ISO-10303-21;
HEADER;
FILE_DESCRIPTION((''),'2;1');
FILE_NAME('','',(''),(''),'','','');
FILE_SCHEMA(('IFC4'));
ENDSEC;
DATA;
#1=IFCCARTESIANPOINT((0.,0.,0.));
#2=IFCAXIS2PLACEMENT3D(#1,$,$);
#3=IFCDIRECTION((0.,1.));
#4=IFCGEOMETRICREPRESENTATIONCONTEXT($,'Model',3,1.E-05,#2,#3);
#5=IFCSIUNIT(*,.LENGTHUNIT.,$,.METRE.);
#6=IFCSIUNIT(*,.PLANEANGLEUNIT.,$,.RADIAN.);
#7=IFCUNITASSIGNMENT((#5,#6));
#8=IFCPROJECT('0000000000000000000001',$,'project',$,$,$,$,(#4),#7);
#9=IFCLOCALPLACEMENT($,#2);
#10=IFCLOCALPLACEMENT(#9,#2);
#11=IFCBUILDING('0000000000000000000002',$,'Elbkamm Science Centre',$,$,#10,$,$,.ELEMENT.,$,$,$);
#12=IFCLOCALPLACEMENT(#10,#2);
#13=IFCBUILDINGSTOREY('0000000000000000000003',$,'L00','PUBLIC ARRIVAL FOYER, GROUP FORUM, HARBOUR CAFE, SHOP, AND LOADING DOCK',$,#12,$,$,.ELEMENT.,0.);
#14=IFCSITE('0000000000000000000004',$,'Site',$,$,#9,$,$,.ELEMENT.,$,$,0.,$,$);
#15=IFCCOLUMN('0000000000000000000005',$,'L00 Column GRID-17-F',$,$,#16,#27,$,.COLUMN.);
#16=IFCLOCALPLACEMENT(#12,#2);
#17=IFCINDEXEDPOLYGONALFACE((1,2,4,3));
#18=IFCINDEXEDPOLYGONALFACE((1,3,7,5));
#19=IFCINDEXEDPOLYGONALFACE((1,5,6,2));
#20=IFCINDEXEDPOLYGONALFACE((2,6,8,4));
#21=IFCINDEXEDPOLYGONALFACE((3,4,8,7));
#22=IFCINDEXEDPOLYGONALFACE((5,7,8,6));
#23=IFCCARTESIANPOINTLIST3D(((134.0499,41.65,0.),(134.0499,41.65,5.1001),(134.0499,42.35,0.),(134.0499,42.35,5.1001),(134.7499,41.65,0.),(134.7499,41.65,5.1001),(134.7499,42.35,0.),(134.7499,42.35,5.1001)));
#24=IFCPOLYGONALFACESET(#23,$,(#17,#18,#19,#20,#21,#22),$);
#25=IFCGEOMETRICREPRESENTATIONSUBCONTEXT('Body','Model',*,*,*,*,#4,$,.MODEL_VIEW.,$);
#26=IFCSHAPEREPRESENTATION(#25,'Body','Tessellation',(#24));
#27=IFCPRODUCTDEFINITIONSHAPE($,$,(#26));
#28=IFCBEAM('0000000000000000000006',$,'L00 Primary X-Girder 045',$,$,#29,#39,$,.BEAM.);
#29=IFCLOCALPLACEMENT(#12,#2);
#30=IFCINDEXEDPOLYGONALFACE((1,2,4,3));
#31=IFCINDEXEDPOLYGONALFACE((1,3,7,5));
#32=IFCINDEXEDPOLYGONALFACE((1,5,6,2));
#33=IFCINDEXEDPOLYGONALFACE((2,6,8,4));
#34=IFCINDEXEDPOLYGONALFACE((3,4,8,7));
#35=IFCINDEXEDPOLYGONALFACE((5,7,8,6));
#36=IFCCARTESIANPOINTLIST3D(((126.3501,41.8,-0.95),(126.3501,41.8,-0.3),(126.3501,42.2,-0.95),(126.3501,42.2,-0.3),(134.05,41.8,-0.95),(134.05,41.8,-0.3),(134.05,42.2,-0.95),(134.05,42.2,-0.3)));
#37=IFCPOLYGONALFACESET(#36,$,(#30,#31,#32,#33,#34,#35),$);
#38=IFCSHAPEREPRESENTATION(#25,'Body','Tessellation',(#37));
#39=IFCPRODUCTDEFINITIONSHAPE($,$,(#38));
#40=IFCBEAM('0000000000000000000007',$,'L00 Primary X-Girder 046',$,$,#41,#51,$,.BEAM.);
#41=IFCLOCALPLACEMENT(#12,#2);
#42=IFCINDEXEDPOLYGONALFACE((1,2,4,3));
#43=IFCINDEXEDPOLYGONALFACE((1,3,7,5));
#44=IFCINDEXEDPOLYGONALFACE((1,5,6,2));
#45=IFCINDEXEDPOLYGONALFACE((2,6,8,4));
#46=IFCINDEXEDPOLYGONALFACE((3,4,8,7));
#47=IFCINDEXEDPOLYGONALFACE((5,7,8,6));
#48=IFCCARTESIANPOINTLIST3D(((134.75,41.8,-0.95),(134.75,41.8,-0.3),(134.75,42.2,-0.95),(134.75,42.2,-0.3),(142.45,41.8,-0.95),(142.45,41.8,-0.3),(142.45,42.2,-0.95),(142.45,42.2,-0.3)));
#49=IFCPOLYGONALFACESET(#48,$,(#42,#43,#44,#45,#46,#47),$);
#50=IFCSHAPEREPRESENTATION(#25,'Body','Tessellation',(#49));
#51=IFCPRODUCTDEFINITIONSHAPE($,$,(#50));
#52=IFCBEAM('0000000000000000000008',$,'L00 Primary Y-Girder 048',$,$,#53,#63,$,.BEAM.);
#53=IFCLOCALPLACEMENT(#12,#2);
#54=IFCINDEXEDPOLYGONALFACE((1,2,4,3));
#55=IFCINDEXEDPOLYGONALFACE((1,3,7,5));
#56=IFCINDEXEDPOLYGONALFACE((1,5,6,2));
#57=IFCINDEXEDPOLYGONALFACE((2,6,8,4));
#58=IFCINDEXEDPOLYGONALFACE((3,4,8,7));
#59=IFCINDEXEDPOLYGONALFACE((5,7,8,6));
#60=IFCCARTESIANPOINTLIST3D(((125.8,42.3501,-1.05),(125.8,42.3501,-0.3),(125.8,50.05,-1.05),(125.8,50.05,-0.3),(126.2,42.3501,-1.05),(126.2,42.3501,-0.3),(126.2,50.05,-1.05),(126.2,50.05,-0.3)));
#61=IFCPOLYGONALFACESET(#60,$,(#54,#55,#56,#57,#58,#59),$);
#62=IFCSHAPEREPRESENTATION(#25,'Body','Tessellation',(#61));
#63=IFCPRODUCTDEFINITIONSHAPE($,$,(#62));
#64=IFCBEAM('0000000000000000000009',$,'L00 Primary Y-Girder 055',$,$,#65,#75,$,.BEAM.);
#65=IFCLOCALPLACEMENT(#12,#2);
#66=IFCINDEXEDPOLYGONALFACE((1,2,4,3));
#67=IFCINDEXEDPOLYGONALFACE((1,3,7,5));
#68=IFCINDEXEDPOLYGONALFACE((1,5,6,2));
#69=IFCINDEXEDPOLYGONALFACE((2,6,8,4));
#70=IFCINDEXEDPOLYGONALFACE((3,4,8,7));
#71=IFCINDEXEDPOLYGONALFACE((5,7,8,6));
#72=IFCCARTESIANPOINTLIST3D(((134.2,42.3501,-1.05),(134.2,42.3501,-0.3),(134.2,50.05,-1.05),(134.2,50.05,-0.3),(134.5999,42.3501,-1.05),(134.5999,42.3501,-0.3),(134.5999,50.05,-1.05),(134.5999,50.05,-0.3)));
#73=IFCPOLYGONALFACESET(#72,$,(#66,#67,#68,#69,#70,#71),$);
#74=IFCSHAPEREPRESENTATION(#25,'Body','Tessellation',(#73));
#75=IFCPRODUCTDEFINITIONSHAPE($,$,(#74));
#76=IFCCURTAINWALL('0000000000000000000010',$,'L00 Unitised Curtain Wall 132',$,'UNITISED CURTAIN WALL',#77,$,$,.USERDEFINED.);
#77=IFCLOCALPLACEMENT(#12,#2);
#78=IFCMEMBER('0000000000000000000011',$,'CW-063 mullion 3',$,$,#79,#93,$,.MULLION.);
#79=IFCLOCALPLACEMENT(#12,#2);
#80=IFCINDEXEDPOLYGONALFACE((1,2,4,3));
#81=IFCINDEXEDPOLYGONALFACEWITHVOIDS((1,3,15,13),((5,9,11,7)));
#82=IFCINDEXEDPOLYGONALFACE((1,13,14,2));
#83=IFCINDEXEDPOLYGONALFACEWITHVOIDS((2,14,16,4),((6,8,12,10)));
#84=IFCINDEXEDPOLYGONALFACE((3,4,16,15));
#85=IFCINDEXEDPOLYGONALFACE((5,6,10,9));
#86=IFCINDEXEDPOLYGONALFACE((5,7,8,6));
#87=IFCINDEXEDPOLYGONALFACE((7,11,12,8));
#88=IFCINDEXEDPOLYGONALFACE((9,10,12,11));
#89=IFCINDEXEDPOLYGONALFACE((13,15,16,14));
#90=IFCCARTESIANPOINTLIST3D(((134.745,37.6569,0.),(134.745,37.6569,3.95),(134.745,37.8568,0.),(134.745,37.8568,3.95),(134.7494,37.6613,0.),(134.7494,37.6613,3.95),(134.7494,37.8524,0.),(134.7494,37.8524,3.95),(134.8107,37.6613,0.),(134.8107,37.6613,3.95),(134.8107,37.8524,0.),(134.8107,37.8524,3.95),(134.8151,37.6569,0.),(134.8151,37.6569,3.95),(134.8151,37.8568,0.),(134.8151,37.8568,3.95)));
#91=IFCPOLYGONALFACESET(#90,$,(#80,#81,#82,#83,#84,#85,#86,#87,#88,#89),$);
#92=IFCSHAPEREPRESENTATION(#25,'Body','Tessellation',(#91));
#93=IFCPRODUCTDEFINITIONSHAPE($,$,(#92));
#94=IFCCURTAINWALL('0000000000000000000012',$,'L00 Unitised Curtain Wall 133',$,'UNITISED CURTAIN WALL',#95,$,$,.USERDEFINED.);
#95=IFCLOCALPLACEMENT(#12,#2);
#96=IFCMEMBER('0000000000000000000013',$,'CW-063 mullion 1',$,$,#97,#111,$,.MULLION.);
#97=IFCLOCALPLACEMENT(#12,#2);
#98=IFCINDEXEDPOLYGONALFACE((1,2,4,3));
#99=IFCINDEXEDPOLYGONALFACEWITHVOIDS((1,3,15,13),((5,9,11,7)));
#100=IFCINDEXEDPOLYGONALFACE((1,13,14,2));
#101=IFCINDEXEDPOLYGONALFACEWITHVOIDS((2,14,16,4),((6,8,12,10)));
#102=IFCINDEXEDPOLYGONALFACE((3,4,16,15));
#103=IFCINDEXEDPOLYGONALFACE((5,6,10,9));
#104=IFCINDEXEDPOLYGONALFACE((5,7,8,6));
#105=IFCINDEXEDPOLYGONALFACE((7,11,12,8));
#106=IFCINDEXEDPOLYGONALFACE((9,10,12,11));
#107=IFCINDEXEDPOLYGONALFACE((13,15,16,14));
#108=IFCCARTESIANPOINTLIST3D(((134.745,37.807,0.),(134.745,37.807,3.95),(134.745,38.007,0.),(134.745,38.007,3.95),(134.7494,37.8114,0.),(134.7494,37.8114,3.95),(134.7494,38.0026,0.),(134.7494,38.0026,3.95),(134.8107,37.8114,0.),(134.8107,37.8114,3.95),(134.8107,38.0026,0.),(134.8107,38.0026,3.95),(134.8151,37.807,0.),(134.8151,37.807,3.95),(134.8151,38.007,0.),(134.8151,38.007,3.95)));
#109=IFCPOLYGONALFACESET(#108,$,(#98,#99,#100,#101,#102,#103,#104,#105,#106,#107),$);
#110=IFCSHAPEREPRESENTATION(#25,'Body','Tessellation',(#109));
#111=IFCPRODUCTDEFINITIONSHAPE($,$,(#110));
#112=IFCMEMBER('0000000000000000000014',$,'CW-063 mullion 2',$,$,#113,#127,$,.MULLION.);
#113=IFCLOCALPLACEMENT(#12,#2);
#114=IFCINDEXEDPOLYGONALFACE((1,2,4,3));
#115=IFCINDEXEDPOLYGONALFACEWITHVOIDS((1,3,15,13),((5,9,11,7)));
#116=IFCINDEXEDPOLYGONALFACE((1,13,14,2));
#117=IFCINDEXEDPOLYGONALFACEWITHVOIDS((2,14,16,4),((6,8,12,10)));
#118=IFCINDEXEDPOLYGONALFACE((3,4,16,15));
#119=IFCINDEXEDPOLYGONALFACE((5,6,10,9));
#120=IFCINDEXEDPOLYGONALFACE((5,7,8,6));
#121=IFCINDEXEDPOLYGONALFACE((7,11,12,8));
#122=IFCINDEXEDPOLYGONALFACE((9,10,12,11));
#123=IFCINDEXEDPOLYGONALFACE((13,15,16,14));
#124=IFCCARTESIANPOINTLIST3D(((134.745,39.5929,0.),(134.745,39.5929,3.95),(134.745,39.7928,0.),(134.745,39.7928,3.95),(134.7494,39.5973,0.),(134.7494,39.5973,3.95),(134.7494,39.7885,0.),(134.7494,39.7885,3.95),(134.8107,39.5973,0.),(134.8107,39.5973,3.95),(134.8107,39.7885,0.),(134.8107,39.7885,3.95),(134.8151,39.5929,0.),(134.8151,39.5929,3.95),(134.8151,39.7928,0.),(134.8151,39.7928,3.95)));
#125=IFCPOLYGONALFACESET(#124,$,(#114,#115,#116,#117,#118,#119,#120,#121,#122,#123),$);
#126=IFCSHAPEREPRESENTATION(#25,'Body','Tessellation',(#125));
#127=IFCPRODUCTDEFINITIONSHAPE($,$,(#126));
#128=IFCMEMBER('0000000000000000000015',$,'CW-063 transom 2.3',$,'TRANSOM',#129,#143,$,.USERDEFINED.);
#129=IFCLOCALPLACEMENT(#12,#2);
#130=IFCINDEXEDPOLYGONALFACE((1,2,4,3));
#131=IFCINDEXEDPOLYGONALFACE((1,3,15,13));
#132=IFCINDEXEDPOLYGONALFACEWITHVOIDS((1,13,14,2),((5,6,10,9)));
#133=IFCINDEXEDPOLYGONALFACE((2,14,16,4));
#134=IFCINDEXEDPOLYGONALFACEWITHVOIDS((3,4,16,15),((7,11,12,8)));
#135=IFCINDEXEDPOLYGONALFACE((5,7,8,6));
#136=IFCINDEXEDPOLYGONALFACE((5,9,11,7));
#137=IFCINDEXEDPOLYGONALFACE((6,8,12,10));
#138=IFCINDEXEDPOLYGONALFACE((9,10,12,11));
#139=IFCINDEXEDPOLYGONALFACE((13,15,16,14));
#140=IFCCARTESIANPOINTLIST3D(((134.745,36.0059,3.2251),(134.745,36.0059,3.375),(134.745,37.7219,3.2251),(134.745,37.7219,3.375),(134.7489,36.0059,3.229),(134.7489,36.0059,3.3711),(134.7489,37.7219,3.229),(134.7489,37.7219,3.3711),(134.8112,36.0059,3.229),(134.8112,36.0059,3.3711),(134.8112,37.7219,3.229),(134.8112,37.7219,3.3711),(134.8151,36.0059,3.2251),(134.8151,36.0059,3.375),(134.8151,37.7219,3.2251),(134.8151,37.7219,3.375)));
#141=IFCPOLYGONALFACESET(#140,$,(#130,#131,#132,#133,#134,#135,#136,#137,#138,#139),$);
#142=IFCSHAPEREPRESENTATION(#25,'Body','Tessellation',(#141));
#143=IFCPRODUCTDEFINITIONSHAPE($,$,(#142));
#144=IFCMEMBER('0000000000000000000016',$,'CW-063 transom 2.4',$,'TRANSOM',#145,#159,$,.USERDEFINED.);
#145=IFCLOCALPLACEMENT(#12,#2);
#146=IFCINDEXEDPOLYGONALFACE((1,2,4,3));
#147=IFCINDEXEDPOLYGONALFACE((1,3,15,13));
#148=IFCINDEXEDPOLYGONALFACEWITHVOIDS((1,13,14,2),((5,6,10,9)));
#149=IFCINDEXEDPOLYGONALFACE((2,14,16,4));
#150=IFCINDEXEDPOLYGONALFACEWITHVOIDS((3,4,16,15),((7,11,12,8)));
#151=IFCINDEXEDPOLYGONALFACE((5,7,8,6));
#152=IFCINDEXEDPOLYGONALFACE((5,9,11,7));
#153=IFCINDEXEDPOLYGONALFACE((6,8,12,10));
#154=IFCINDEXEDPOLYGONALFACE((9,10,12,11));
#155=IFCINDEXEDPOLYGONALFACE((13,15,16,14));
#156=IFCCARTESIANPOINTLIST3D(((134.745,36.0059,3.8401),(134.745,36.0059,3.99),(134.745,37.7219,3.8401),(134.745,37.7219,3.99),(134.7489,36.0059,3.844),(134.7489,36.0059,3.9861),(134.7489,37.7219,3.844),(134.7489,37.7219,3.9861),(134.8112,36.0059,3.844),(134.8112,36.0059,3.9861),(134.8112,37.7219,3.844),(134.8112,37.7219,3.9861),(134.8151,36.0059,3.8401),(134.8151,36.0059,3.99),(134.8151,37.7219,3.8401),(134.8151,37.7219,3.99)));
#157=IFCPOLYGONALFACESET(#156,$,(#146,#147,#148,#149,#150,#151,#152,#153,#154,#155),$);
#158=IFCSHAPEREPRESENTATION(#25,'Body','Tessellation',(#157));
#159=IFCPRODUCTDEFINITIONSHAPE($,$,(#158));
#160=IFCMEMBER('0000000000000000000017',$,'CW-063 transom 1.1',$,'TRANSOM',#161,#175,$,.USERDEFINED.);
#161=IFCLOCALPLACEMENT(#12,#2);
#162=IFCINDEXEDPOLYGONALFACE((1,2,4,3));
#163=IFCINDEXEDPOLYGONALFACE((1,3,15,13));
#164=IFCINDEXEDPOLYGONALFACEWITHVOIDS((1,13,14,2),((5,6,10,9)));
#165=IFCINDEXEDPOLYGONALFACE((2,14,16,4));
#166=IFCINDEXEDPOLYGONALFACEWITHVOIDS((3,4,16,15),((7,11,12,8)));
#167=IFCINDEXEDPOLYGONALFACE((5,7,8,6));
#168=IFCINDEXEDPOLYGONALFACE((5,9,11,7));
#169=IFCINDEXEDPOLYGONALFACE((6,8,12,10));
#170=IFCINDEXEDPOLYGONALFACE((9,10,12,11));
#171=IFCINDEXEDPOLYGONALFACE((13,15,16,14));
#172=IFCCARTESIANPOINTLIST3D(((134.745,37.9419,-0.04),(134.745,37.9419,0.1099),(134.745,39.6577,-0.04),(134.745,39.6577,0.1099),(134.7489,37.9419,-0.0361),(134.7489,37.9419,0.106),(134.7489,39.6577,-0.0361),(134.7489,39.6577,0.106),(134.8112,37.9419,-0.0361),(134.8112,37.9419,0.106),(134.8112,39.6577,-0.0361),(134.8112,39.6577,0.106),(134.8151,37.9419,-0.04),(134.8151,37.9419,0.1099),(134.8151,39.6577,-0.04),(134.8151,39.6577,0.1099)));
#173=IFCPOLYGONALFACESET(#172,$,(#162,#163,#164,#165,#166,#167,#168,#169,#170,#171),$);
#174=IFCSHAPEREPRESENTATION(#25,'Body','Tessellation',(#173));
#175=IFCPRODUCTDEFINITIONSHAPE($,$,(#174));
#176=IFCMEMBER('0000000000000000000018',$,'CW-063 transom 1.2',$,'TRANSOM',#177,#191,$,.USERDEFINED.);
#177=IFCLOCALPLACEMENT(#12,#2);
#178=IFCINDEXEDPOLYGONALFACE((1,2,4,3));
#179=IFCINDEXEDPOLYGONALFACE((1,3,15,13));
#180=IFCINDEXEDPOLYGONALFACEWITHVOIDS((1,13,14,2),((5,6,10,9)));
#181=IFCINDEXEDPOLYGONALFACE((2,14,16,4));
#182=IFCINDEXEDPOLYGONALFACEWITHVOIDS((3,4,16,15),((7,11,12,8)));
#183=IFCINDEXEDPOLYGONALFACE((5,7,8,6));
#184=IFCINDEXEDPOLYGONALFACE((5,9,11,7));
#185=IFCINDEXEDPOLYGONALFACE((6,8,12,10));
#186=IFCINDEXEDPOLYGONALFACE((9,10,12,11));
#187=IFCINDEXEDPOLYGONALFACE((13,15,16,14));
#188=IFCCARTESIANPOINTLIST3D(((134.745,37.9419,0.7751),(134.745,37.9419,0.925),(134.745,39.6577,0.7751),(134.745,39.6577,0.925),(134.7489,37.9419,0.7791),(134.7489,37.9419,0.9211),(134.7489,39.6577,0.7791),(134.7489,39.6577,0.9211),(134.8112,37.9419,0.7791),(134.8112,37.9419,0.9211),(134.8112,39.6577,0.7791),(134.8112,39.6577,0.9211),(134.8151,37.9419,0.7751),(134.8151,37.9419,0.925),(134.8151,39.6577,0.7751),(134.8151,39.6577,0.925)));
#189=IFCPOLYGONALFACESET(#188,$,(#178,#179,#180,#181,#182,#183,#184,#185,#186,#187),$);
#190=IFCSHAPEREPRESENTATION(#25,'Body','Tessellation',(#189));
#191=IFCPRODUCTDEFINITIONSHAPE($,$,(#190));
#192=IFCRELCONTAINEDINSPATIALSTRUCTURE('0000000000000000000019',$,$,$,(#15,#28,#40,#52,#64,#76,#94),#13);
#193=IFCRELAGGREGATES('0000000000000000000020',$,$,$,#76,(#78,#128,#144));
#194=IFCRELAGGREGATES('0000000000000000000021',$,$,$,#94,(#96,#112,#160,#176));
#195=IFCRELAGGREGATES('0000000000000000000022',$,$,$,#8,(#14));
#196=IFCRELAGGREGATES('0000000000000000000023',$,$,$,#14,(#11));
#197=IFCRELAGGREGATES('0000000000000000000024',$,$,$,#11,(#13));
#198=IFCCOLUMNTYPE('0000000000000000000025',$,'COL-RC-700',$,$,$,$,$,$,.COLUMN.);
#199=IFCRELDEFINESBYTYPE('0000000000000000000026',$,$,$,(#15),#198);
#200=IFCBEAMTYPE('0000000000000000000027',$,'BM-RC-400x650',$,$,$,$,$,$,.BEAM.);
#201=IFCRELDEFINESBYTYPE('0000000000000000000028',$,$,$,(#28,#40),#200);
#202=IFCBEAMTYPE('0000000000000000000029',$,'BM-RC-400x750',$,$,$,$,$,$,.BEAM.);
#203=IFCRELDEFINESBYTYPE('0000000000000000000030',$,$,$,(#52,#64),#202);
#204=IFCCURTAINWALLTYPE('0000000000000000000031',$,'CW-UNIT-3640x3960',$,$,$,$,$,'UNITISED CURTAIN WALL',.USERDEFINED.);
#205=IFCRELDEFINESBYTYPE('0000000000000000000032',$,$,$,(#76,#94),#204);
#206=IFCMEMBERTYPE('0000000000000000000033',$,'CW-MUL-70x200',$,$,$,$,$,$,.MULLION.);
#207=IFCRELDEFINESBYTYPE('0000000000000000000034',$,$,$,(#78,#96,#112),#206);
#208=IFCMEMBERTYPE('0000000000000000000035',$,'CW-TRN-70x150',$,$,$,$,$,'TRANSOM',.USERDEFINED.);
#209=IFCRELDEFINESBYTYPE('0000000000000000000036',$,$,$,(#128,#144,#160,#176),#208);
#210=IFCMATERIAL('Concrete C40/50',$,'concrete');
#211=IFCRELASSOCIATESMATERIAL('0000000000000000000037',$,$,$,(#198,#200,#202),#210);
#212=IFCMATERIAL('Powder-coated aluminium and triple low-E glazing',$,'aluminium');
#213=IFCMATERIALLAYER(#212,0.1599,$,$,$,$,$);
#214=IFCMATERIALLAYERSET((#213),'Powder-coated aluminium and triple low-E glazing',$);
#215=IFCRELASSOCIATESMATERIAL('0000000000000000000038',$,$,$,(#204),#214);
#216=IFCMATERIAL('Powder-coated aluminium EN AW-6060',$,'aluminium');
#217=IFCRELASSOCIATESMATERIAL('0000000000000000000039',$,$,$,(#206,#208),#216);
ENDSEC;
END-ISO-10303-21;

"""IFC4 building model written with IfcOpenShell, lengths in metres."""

from ifc_helpers import new_model, si_unit, direction, frame, origin, origin_2d, place, context, subcontext, project, spatial, rectangle, hollow_rectangle, extrude, material, layer, layer_set, material_profile, profile_set, type_object, element, aggregate, save


model = new_model("IFC4")

# Units and contexts
model_context = context("Model", 3, precision=1e-05, world=origin(), true_north=direction((0.0, 1.0)))
body_context = subcontext(model_context, "Body", "Model", "MODEL_VIEW")
ifc_project = project(units=[si_unit("LENGTHUNIT", "METRE"), si_unit("PLANEANGLEUNIT", "RADIAN")], contexts=[model_context])

# Site, building, storey
site_placement = place(None, origin())
site = spatial("IfcSite", under=ifc_project, at=site_placement, Name="Site", CompositionType="ELEMENT", RefElevation=0.0)
building_placement = place(site_placement, origin())
building = spatial("IfcBuilding", under=site, at=building_placement, Name="Elbkamm Science Centre", CompositionType="ELEMENT")
storey_placement = place(building_placement, origin())
storey = spatial("IfcBuildingStorey", under=building, at=storey_placement, Name="L00", Description="PUBLIC ARRIVAL FOYER, GROUP FORUM, HARBOUR CAFE, SHOP, AND LOADING DOCK", CompositionType="ELEMENT", Elevation=0.0)

# Column
ifc_material_1 = material(Name="Concrete C40/50", Category="concrete")
ifc_material_profile_1 = material_profile(ifc_material_1, rectangle(XDim=0.7, YDim=0.7, at=origin_2d()), Name="RC 700x700")
ifc_profile_set_1 = profile_set([ifc_material_profile_1], Name="Concrete C40/50")
column_type = type_object("IfcColumnType", Name="COL-RC-700", PredefinedType="COLUMN", material=ifc_profile_set_1)
column_placement = place(storey_placement, frame((134.3999, 42.0, 0.0), z_axis=(0.0, 0.0, 1.0), x_axis=(1.0, 0.0, 0.0)))
element("IfcColumn", 1, at=column_placement, inside=storey, type_object=column_type, Name="L00 Column GRID-17-F", PredefinedType="COLUMN", context=body_context, shape_type="SweptSolid", body=[
    extrude(rectangle(XDim=0.7, YDim=0.7, at=origin_2d()), origin(), (0.0, 0.0, 1.0), 5.1001),
])

# Beams
ifc_material_profile_2 = material_profile(ifc_material_1, rectangle(XDim=0.3999, YDim=0.6499, at=origin_2d()), Name="RC 400x650")
ifc_profile_set_2 = profile_set([ifc_material_profile_2], Name="Concrete C40/50")
beam_type_1 = type_object("IfcBeamType", Name="BM-RC-400x650", PredefinedType="BEAM", material=ifc_profile_set_2)
for number, where, z_axis, x_axis, name in (
    (2, (126.3501, 42.0, -0.625), (1.0, 0.0, 0.0), (0.0, 1.0, 0.0), "L00 Primary X-Girder 045"),
    (3, (134.75, 42.0, -0.625), (1.0, 0.0, 0.0), (0.0, 1.0, 0.0), "L00 Primary X-Girder 046"),
):
    element("IfcBeam", number, at=place(storey_placement, frame(where, z_axis=z_axis, x_axis=x_axis)), inside=storey, type_object=beam_type_1, Name=name, PredefinedType="BEAM", context=body_context, shape_type="SweptSolid", body=[
        extrude(rectangle(XDim=0.3999, YDim=0.6499, at=origin_2d()), origin(), (0.0, 0.0, 1.0), 7.7),
    ])
ifc_material_profile_3 = material_profile(ifc_material_1, rectangle(XDim=0.3999, YDim=0.75, at=origin_2d()), Name="RC 400x750")
ifc_profile_set_3 = profile_set([ifc_material_profile_3], Name="Concrete C40/50")
beam_type_2 = type_object("IfcBeamType", Name="BM-RC-400x750", PredefinedType="BEAM", material=ifc_profile_set_3)
for number, where, z_axis, x_axis, name in (
    (4, (126.0, 42.3501, -0.675), (0.0, 1.0, 0.0), (-1.0, 0.0, 0.0), "L00 Primary Y-Girder 048"),
    (5, (134.3999, 42.3501, -0.675), (0.0, 1.0, 0.0), (-1.0, 0.0, 0.0), "L00 Primary Y-Girder 055"),
):
    element("IfcBeam", number, at=place(storey_placement, frame(where, z_axis=z_axis, x_axis=x_axis)), inside=storey, type_object=beam_type_2, Name=name, PredefinedType="BEAM", context=body_context, shape_type="SweptSolid", body=[
        extrude(rectangle(XDim=0.3999, YDim=0.75, at=origin_2d()), origin(), (0.0, 0.0, 1.0), 7.7),
    ])

# Curtain wall, member
ifc_material_2 = material(Name="Powder-coated aluminium and triple low-E glazing", Category="aluminium")
ifc_layer_1 = layer(ifc_material_2, 0.1599)
ifc_layer_set_1 = layer_set([ifc_layer_1], Name="Powder-coated aluminium and triple low-E glazing")
curtain_wall_type = type_object("IfcCurtainWallType", Name="CW-UNIT-3640x3960", ElementType="UNITISED CURTAIN WALL", PredefinedType="USERDEFINED", material=ifc_layer_set_1)
curtain_wall_1_placement = place(storey_placement, origin())
curtain_wall_1 = element("IfcCurtainWall", 6, at=curtain_wall_1_placement, inside=storey, type_object=curtain_wall_type, Name="L00 Unitised Curtain Wall 132", ObjectType="UNITISED CURTAIN WALL", PredefinedType="USERDEFINED")
ifc_material_3 = material(Name="Powder-coated aluminium EN AW-6060", Category="aluminium")
ifc_material_profile_4 = material_profile(ifc_material_3, hollow_rectangle(XDim=0.0701, YDim=0.2, WallThickness=0.0044, at=origin_2d()), Name="ALU M70x200")
ifc_profile_set_4 = profile_set([ifc_material_profile_4], Name="Powder-coated aluminium EN AW-6060")
member_type_1 = type_object("IfcMemberType", Name="CW-MUL-70x200", PredefinedType="MULLION", material=ifc_profile_set_4)
member_1_placement = place(storey_placement, frame((134.78, 37.7568, 0.0), z_axis=(0.0, 0.0, 1.0), x_axis=(-1.0, 0.0, 0.0)))
member_1 = element("IfcMember", 7, at=member_1_placement, type_object=member_type_1, Name="CW-063 mullion 3", PredefinedType="MULLION", context=body_context, shape_type="SweptSolid", body=[
    extrude(hollow_rectangle(XDim=0.0701, YDim=0.2, WallThickness=0.0044, at=origin_2d()), origin(), (0.0, 0.0, 1.0), 3.95),
])

# Curtain wall, members
curtain_wall_2_placement = place(storey_placement, origin())
curtain_wall_2 = element("IfcCurtainWall", 8, at=curtain_wall_2_placement, inside=storey, type_object=curtain_wall_type, Name="L00 Unitised Curtain Wall 133", ObjectType="UNITISED CURTAIN WALL", PredefinedType="USERDEFINED")
member_2_placement = place(storey_placement, frame((134.78, 37.907, 0.0), z_axis=(0.0, 0.0, 1.0), x_axis=(-1.0, 0.0, 0.0)))
member_2 = element("IfcMember", 9, at=member_2_placement, type_object=member_type_1, Name="CW-063 mullion 1", PredefinedType="MULLION", context=body_context, shape_type="SweptSolid", body=[
    extrude(hollow_rectangle(XDim=0.0701, YDim=0.2, WallThickness=0.0044, at=origin_2d()), origin(), (0.0, 0.0, 1.0), 3.95),
])
member_3_placement = place(storey_placement, frame((134.78, 39.6929, 0.0), z_axis=(0.0, 0.0, 1.0), x_axis=(-1.0, 0.0, 0.0)))
member_3 = element("IfcMember", 10, at=member_3_placement, type_object=member_type_1, Name="CW-063 mullion 2", PredefinedType="MULLION", context=body_context, shape_type="SweptSolid", body=[
    extrude(hollow_rectangle(XDim=0.0701, YDim=0.2, WallThickness=0.0044, at=origin_2d()), origin(), (0.0, 0.0, 1.0), 3.95),
])

# Members
ifc_material_profile_5 = material_profile(ifc_material_3, hollow_rectangle(XDim=0.0701, YDim=0.1499, WallThickness=0.0039, at=origin_2d()), Name="ALU T70x150")
ifc_profile_set_5 = profile_set([ifc_material_profile_5], Name="Powder-coated aluminium EN AW-6060")
member_type_2 = type_object("IfcMemberType", Name="CW-TRN-70x150", ElementType="TRANSOM", PredefinedType="USERDEFINED", material=ifc_profile_set_5)
member_4_placement = place(storey_placement, frame((134.78, 36.0059, 3.3), z_axis=(0.0, 1.0, 0.0), x_axis=(-1.0, 0.0, 0.0)))
member_4 = element("IfcMember", 11, at=member_4_placement, type_object=member_type_2, Name="CW-063 transom 2.3", ObjectType="TRANSOM", PredefinedType="USERDEFINED", context=body_context, shape_type="SweptSolid", body=[
    extrude(hollow_rectangle(XDim=0.0701, YDim=0.1499, WallThickness=0.0039, at=origin_2d()), origin(), (0.0, 0.0, 1.0), 1.7161),
])
member_5_placement = place(storey_placement, frame((134.78, 36.0059, 3.915), z_axis=(0.0, 1.0, 0.0), x_axis=(-1.0, 0.0, 0.0)))
member_5 = element("IfcMember", 12, at=member_5_placement, type_object=member_type_2, Name="CW-063 transom 2.4", ObjectType="TRANSOM", PredefinedType="USERDEFINED", context=body_context, shape_type="SweptSolid", body=[
    extrude(hollow_rectangle(XDim=0.0701, YDim=0.1499, WallThickness=0.0039, at=origin_2d()), origin(), (0.0, 0.0, 1.0), 1.7161),
])
member_6_placement = place(storey_placement, frame((134.78, 37.9419, 0.0349), z_axis=(0.0, 1.0, 0.0), x_axis=(-1.0, 0.0, 0.0)))
member_6 = element("IfcMember", 13, at=member_6_placement, type_object=member_type_2, Name="CW-063 transom 1.1", ObjectType="TRANSOM", PredefinedType="USERDEFINED", context=body_context, shape_type="SweptSolid", body=[
    extrude(hollow_rectangle(XDim=0.0701, YDim=0.1499, WallThickness=0.0039, at=origin_2d()), origin(), (0.0, 0.0, 1.0), 1.7158),
])
member_7_placement = place(storey_placement, frame((134.78, 37.9419, 0.8501), z_axis=(0.0, 1.0, 0.0), x_axis=(-1.0, 0.0, 0.0)))
member_7 = element("IfcMember", 14, at=member_7_placement, type_object=member_type_2, Name="CW-063 transom 1.2", ObjectType="TRANSOM", PredefinedType="USERDEFINED", context=body_context, shape_type="SweptSolid", body=[
    extrude(hollow_rectangle(XDim=0.0701, YDim=0.1499, WallThickness=0.0039, at=origin_2d()), origin(), (0.0, 0.0, 1.0), 1.7158),
])

aggregate(curtain_wall_1, [member_1, member_4, member_5])
aggregate(curtain_wall_2, [member_2, member_3, member_6, member_7])

save(model, "model.ifc")
